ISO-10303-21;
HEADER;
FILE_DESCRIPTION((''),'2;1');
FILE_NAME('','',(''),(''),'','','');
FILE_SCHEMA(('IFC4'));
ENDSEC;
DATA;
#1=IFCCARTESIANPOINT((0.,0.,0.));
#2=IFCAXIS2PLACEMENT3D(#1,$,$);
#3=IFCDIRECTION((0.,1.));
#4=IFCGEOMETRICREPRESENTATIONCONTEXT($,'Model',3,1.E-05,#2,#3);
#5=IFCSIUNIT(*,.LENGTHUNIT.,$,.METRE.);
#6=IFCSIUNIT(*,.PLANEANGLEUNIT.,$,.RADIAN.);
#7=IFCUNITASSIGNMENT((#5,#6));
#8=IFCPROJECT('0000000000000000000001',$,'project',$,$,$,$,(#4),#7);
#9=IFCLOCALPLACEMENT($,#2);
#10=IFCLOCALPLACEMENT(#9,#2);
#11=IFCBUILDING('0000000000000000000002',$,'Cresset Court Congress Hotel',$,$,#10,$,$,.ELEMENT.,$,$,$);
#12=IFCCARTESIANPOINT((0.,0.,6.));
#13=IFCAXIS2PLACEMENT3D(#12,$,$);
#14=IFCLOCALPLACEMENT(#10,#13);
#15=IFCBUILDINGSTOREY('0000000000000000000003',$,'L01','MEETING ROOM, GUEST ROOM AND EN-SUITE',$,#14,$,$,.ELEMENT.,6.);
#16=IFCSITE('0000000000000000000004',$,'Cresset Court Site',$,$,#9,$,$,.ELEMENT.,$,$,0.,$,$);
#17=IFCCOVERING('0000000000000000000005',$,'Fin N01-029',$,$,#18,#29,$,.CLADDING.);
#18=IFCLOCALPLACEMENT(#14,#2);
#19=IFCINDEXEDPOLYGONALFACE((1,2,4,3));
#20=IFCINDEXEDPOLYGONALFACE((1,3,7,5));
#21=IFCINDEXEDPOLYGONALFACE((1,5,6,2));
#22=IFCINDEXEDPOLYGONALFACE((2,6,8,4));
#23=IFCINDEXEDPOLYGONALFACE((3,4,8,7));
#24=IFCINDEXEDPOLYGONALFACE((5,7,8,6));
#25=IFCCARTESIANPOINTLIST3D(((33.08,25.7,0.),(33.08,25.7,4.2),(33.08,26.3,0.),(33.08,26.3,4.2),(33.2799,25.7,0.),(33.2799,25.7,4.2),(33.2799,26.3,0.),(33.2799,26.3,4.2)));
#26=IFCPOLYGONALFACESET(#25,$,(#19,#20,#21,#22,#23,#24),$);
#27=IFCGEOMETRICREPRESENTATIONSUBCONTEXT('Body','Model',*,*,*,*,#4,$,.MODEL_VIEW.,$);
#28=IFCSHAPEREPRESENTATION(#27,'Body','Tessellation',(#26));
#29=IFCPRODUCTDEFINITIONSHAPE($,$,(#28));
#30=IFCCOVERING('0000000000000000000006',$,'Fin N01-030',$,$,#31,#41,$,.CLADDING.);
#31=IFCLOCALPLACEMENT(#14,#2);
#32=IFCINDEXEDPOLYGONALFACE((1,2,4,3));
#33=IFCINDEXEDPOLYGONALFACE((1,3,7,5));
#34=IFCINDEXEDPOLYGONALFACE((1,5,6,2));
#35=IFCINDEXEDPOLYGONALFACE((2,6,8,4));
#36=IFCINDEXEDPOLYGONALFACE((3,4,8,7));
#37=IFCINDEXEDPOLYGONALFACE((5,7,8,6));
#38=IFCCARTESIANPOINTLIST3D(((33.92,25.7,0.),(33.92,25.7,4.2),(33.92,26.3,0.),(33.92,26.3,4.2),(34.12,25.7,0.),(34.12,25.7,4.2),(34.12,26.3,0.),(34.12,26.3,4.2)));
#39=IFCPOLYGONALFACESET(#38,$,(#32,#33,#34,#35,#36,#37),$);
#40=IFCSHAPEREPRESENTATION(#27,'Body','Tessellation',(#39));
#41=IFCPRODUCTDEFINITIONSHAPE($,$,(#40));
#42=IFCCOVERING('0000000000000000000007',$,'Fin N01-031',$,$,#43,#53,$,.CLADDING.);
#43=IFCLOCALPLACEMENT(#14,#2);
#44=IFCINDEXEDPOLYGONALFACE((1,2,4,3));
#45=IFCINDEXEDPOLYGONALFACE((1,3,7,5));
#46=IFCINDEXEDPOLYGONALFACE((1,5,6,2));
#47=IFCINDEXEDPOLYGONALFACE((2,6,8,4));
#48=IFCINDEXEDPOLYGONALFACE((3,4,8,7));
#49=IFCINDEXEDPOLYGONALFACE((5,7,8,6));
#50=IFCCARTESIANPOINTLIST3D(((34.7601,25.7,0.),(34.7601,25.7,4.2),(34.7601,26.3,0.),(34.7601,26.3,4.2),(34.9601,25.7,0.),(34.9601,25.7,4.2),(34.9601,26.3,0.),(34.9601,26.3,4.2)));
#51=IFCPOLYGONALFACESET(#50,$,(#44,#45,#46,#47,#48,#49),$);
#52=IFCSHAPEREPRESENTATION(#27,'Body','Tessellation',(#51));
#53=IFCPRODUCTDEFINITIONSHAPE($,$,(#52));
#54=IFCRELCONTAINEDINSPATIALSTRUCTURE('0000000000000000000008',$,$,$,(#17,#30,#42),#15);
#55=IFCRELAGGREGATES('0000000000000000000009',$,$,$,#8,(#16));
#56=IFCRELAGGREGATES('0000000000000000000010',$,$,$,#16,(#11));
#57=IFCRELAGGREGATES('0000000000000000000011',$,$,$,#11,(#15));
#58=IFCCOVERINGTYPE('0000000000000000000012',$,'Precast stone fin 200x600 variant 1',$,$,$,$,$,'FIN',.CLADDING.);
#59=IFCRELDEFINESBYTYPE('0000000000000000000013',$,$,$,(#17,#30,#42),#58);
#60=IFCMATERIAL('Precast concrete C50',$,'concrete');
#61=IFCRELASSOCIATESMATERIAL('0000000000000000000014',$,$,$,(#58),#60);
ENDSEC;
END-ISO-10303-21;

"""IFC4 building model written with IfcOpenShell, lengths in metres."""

from ifc_helpers import new_model, si_unit, direction, frame, origin, origin_2d, place, context, subcontext, project, spatial, rectangle, extrude, material, type_object, element, save


model = new_model("IFC4")

# Units and contexts
model_context = context("Model", 3, precision=1e-05, world=origin(), true_north=direction((0.0, 1.0)))
body_context = subcontext(model_context, "Body", "Model", "MODEL_VIEW")
ifc_project = project(units=[si_unit("LENGTHUNIT", "METRE"), si_unit("PLANEANGLEUNIT", "RADIAN")], contexts=[model_context])

# Site, building, storey
site_placement = place(None, origin())
site = spatial("IfcSite", under=ifc_project, at=site_placement, Name="Cresset Court Site", CompositionType="ELEMENT", RefElevation=0.0)
building_placement = place(site_placement, origin())
building = spatial("IfcBuilding", under=site, at=building_placement, Name="Cresset Court Congress Hotel", CompositionType="ELEMENT")
storey_placement = place(building_placement, frame((0.0, 0.0, 6.0)))
storey = spatial("IfcBuildingStorey", under=building, at=storey_placement, Name="L01", Description="MEETING ROOM, GUEST ROOM AND EN-SUITE", CompositionType="ELEMENT", Elevation=6.0)

# Coverings
ifc_material_1 = material(Name="Precast concrete C50", Category="concrete")
covering_type = type_object("IfcCoveringType", Name="Precast stone fin 200x600 variant 1", ElementType="FIN", PredefinedType="CLADDING", material=ifc_material_1)
for number, where, z_axis, x_axis, name in (
    (1, (33.1799, 26.0, 0.0), (0.0, 0.0, 1.0), (1.0, 0.0, 0.0), "Fin N01-029"),
    (2, (34.02, 26.0, 0.0), (0.0, 0.0, 1.0), (1.0, 0.0, 0.0), "Fin N01-030"),
    (3, (34.8601, 26.0, 0.0), (0.0, 0.0, 1.0), (1.0, 0.0, 0.0), "Fin N01-031"),
):
    element("IfcCovering", number, at=place(storey_placement, frame(where, z_axis=z_axis, x_axis=x_axis)), inside=storey, type_object=covering_type, Name=name, PredefinedType="CLADDING", context=body_context, shape_type="SweptSolid", body=[
        extrude(rectangle(XDim=0.2, YDim=0.6001, at=origin_2d()), origin(), (0.0, 0.0, 1.0), 4.2),
    ])

save(model, "model.ifc")
